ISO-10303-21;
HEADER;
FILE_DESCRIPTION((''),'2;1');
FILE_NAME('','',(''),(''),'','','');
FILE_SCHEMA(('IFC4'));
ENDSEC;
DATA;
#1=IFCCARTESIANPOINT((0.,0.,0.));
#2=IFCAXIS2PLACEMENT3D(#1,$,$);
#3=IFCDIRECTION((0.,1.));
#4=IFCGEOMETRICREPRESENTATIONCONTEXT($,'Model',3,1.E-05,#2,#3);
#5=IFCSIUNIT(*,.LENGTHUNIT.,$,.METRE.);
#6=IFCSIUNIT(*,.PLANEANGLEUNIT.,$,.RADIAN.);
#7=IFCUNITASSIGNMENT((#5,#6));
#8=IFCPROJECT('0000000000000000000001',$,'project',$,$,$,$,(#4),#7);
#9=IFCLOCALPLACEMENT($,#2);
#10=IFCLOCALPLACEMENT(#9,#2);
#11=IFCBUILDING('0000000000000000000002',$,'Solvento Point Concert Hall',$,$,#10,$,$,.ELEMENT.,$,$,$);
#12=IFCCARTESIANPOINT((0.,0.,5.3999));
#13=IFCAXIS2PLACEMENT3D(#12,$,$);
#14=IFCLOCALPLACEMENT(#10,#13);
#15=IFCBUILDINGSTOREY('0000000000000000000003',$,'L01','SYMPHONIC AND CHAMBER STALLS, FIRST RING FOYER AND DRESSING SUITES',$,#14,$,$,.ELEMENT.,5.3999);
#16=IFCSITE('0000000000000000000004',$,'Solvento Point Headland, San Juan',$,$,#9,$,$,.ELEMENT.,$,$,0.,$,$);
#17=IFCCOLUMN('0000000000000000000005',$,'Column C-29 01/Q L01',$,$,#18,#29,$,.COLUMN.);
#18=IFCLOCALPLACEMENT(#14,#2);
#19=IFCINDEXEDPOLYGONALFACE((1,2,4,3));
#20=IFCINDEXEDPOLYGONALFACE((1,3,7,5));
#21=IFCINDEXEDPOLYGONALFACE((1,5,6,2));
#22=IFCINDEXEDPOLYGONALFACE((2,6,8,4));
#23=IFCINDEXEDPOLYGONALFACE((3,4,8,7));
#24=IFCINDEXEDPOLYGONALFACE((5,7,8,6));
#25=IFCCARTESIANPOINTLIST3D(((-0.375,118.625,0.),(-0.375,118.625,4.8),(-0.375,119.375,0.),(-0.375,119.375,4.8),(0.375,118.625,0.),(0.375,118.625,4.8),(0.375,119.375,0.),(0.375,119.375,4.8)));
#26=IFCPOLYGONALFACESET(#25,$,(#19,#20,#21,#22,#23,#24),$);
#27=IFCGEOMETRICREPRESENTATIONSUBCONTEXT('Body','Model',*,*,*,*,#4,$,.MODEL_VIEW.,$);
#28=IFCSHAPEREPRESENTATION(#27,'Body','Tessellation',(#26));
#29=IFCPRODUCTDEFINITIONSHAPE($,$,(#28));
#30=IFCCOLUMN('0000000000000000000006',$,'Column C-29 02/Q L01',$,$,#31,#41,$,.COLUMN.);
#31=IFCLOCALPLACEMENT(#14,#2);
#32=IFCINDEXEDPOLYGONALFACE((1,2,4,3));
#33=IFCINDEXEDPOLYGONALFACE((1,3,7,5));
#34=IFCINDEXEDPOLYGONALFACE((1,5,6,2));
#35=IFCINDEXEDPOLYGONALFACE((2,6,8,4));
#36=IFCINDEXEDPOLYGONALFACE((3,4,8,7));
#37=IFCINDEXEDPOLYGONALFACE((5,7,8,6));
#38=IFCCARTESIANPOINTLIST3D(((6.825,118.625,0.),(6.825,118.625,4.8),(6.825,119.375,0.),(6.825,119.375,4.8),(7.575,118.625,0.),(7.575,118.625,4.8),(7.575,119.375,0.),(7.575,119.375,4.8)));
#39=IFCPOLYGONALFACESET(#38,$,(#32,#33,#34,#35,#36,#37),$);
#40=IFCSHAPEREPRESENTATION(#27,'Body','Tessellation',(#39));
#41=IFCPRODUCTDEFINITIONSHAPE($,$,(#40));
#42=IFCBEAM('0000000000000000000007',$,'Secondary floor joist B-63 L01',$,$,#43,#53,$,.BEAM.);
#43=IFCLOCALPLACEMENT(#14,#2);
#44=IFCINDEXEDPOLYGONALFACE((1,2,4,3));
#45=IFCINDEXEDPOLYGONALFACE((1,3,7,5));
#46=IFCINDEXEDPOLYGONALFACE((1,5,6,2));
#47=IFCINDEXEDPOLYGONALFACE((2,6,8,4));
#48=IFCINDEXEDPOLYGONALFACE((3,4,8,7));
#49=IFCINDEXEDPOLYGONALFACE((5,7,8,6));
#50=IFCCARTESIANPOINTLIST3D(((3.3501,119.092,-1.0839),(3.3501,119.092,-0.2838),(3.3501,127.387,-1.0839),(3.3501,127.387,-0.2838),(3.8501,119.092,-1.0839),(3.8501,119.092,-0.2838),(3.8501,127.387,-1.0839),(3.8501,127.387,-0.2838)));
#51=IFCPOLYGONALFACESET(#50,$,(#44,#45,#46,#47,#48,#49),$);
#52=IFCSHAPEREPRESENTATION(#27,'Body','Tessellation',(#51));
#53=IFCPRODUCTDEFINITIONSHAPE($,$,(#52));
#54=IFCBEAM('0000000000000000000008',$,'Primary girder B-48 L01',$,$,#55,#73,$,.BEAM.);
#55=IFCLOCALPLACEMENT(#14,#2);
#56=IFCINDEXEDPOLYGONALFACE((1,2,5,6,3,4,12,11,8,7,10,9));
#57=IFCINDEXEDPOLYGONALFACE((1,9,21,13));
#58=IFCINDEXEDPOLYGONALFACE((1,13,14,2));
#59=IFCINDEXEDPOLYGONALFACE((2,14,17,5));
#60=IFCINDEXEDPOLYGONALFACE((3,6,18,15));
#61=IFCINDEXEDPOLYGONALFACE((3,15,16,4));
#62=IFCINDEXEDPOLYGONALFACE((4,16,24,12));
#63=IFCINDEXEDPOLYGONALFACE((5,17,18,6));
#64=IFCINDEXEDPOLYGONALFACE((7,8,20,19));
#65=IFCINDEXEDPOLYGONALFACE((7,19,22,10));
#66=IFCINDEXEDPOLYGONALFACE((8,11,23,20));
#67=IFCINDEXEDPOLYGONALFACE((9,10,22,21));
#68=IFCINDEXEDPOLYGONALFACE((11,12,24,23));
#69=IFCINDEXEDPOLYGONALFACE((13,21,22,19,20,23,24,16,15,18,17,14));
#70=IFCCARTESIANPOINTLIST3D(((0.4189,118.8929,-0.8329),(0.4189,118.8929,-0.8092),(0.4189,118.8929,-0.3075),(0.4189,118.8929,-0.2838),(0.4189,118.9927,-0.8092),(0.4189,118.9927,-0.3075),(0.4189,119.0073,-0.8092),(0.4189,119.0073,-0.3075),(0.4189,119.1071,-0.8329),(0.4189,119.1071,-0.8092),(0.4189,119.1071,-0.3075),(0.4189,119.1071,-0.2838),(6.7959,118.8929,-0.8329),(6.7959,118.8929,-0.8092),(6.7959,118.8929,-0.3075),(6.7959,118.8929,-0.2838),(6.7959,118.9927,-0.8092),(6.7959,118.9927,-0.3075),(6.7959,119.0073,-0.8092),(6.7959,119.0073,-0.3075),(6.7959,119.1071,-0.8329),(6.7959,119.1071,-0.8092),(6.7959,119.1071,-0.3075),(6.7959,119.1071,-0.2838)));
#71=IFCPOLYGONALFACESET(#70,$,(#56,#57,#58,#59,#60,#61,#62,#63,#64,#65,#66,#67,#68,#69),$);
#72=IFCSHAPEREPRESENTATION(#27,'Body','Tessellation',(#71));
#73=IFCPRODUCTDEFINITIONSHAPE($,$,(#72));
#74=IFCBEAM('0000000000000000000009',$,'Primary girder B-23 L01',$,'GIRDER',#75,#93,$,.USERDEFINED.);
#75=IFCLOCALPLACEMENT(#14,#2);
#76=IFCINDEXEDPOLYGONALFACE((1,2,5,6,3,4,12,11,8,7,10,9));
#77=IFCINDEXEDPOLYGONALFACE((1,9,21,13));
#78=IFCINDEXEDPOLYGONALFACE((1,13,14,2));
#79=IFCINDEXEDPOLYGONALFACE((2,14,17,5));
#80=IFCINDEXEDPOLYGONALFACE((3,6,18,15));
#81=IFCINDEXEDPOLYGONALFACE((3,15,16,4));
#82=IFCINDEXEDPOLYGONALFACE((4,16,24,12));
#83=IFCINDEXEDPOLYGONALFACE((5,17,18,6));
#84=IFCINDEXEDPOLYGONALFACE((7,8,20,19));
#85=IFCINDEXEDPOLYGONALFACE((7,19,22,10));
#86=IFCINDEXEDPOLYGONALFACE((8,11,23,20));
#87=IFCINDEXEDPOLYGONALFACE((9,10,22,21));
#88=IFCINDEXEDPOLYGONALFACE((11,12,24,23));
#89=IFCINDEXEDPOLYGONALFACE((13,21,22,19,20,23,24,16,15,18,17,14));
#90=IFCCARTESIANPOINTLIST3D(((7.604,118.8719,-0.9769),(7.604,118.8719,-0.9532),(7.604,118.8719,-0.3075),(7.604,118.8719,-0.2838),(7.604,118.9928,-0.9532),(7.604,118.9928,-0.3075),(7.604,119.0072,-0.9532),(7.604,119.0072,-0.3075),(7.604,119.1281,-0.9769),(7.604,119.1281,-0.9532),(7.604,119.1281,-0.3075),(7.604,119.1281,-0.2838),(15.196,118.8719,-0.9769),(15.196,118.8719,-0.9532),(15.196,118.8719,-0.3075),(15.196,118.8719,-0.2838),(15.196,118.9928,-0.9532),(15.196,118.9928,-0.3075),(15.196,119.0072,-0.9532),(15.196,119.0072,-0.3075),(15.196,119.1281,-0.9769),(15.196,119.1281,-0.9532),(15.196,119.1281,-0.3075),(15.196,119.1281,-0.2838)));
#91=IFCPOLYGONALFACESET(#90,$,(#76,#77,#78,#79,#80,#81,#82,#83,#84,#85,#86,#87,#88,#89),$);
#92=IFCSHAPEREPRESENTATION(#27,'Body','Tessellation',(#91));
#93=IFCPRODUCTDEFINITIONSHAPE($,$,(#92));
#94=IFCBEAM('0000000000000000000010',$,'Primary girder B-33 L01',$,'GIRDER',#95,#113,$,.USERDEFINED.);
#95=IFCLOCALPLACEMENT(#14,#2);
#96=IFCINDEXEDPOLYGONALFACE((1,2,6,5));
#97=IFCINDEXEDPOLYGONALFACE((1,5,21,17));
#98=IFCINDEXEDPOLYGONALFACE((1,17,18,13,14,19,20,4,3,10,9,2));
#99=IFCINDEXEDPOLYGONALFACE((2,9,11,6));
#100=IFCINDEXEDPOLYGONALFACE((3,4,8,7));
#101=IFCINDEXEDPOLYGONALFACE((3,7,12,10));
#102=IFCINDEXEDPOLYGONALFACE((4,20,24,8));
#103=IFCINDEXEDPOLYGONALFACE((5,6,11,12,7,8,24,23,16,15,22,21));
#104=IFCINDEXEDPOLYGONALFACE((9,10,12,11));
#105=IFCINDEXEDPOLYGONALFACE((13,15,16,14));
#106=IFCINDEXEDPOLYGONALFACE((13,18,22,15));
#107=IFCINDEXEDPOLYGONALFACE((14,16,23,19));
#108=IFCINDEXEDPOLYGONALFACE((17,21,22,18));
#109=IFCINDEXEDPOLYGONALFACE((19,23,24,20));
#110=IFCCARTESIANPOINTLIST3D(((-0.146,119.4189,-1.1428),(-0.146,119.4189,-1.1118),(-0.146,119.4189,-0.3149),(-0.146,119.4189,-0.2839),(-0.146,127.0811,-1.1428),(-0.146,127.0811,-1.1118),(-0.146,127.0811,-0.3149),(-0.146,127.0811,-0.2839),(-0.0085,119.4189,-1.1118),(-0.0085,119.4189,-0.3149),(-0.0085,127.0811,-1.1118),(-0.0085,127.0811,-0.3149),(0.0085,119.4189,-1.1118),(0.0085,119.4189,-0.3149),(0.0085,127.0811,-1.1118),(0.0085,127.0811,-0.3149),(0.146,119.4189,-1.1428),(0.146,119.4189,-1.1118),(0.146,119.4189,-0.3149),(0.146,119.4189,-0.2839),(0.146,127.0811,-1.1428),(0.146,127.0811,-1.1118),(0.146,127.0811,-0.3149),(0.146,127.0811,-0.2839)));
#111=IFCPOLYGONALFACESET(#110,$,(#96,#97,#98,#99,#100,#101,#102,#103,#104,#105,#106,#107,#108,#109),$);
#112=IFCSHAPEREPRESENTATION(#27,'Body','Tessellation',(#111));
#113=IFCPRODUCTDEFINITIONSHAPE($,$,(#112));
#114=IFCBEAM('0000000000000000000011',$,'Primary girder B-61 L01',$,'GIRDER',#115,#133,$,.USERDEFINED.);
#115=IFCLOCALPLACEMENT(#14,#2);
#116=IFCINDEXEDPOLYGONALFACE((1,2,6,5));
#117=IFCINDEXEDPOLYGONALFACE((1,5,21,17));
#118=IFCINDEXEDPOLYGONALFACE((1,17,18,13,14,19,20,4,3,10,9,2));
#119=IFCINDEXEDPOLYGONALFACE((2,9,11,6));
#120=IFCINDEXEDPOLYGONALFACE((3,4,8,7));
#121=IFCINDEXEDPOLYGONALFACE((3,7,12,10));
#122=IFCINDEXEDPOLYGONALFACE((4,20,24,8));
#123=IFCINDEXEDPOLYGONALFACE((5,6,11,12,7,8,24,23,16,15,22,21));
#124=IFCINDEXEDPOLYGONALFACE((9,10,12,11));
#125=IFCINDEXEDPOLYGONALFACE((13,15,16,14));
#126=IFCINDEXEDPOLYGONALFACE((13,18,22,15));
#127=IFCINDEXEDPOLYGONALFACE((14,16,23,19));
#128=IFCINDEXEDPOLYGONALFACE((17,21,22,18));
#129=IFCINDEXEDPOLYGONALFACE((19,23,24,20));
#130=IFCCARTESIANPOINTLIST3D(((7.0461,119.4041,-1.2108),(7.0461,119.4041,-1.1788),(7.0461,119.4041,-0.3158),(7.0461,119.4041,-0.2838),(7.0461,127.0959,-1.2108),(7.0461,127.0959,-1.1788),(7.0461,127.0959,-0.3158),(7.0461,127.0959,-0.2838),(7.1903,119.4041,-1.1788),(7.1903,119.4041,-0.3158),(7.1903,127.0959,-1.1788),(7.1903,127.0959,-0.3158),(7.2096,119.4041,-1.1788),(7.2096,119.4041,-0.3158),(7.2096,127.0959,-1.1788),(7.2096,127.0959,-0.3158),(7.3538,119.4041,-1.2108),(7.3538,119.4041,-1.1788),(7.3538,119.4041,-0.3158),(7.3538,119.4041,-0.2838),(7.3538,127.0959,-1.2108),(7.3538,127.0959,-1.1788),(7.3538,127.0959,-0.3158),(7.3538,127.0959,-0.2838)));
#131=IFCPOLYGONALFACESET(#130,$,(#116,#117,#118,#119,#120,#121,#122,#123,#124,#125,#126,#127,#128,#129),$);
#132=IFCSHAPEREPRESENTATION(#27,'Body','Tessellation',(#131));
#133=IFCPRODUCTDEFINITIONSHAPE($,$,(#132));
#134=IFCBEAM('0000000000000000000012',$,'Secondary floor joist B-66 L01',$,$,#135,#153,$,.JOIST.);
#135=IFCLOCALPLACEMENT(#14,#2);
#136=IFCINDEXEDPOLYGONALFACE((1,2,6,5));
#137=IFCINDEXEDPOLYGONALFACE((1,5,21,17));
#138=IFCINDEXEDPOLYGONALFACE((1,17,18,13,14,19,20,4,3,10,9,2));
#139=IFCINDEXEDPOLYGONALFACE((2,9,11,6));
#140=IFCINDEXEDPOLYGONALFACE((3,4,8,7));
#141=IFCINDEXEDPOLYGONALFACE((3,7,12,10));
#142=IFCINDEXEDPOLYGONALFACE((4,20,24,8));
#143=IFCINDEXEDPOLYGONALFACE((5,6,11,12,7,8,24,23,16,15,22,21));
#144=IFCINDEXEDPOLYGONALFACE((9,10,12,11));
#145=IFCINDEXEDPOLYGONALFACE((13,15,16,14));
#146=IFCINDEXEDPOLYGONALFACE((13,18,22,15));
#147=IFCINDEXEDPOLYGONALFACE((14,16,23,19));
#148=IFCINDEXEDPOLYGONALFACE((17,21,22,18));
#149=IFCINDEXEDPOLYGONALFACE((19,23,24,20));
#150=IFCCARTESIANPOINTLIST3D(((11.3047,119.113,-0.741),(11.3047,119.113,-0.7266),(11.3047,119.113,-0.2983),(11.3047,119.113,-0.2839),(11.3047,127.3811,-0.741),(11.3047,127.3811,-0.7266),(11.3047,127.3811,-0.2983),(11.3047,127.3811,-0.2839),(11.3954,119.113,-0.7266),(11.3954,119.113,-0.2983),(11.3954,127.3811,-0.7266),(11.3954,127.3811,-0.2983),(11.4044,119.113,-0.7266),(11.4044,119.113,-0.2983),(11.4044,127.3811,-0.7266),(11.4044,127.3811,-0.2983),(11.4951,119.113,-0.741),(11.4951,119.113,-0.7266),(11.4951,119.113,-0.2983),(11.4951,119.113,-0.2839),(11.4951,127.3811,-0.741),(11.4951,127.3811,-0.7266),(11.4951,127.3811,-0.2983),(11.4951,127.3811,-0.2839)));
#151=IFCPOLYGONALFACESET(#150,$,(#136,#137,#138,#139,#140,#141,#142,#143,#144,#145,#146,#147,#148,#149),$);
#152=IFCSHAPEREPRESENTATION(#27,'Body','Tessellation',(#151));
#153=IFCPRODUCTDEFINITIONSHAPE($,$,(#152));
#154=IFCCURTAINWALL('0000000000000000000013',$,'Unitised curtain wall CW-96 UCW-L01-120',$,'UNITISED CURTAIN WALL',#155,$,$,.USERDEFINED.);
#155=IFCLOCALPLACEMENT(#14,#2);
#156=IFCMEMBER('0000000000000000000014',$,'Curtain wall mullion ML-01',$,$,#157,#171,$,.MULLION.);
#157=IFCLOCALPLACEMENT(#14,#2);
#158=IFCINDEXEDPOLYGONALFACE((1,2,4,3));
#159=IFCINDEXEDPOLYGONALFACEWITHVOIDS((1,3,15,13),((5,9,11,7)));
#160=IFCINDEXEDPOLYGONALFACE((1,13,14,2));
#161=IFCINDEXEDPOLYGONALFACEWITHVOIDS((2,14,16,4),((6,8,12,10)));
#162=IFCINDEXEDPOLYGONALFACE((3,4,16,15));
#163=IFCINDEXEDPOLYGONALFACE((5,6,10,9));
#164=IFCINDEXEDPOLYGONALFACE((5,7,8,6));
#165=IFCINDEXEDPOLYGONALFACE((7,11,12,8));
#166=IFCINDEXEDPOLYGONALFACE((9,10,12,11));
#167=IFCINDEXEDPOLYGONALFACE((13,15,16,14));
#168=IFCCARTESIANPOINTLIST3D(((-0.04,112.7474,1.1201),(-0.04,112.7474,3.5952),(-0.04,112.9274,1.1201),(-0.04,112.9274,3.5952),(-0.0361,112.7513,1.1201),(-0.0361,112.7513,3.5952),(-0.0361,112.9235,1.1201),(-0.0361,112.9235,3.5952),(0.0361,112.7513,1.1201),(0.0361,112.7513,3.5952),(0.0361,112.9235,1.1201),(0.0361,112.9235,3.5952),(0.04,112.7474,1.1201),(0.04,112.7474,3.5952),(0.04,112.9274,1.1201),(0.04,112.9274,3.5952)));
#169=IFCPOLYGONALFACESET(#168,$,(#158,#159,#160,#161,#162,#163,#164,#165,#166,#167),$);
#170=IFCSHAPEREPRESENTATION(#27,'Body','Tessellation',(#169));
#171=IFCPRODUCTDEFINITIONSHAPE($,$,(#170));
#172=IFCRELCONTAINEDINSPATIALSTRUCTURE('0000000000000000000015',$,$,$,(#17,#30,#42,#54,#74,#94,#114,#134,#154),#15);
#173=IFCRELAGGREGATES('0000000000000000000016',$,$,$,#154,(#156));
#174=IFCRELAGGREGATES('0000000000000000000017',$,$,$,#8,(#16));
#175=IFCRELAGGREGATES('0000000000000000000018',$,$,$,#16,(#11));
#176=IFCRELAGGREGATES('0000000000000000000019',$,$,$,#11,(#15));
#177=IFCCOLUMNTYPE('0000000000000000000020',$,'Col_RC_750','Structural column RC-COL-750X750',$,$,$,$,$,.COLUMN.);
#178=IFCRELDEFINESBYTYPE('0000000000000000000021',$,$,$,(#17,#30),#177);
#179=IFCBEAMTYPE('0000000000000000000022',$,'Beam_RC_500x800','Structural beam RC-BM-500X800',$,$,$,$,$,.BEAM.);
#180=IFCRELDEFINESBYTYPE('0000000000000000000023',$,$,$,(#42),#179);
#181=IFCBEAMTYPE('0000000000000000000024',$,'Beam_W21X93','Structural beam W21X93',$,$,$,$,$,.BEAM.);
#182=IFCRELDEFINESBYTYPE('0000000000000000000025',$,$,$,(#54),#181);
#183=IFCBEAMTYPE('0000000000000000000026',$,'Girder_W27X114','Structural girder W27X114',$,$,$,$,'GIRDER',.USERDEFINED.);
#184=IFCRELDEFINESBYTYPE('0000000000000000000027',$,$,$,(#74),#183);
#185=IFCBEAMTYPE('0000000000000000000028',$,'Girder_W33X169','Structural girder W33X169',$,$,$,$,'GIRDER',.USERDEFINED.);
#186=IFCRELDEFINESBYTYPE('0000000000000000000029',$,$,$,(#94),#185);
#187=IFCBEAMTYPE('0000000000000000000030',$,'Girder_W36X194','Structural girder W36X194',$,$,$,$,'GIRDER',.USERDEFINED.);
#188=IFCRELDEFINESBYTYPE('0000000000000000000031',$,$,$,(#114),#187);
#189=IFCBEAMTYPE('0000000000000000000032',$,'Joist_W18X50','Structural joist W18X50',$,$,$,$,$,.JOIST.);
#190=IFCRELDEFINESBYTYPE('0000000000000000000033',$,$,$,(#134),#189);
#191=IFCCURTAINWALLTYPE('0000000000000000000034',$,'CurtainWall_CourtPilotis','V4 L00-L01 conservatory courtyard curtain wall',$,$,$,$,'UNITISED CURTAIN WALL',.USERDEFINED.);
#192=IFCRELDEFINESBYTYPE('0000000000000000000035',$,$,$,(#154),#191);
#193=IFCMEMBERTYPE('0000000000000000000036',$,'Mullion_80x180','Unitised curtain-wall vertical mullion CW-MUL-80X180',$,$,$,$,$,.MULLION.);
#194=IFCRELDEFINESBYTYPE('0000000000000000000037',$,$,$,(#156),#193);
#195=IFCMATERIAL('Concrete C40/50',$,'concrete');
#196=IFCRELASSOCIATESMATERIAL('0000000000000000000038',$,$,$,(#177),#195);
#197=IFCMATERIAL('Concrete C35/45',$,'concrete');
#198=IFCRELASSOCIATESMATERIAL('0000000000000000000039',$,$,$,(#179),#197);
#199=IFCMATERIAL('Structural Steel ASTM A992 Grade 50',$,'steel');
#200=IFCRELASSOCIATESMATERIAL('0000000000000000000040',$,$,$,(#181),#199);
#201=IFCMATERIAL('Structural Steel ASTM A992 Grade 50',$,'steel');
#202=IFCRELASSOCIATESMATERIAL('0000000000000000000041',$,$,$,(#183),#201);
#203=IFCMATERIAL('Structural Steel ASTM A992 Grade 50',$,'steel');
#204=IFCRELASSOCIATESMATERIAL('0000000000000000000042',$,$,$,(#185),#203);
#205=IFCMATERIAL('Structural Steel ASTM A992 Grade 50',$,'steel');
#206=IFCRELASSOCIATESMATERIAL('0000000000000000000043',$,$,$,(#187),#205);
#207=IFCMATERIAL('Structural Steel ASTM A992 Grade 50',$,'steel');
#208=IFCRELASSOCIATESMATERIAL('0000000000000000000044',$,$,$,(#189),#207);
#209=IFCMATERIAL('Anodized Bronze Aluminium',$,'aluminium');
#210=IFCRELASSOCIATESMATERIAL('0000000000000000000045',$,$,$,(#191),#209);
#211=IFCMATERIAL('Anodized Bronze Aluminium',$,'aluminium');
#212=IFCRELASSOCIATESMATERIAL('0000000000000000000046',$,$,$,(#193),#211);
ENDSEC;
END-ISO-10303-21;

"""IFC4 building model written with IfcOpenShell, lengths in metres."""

from ifc_helpers import new_model, si_unit, direction, frame, origin, origin_2d, place, context, subcontext, project, spatial, rectangle, hollow_rectangle, i_section, extrude, material, material_profile, profile_set, type_object, element, aggregate, save


model = new_model("IFC4")

# Units and contexts
model_context = context("Model", 3, precision=1e-05, world=origin(), true_north=direction((0.0, 1.0)))
body_context = subcontext(model_context, "Body", "Model", "MODEL_VIEW")
ifc_project = project(units=[si_unit("LENGTHUNIT", "METRE"), si_unit("PLANEANGLEUNIT", "RADIAN")], contexts=[model_context])

# Site, building, storey
site_placement = place(None, origin())
site = spatial("IfcSite", under=ifc_project, at=site_placement, Name="Solvento Point Headland, San Juan", CompositionType="ELEMENT", RefElevation=0.0)
building_placement = place(site_placement, origin())
building = spatial("IfcBuilding", under=site, at=building_placement, Name="Solvento Point Concert Hall", CompositionType="ELEMENT")
storey_placement = place(building_placement, frame((0.0, 0.0, 5.3999)))
storey = spatial("IfcBuildingStorey", under=building, at=storey_placement, Name="L01", Description="SYMPHONIC AND CHAMBER STALLS, FIRST RING FOYER AND DRESSING SUITES", CompositionType="ELEMENT", Elevation=5.3999)

# Columns
ifc_material_1 = material(Name="Concrete C40/50", Category="concrete")
ifc_material_profile_1 = material_profile(ifc_material_1, rectangle(XDim=0.75, YDim=0.75, at=origin_2d()), Name="RC-COL-750X750")
ifc_profile_set_1 = profile_set([ifc_material_profile_1], Name="Concrete C40/50")
column_type = type_object("IfcColumnType", Name="Col_RC_750", Description="Structural column RC-COL-750X750", PredefinedType="COLUMN", material=ifc_profile_set_1)
for number, where, z_axis, x_axis, name in (
    (1, (0.0, 119.0, 0.0), (0.0, 0.0, 1.0), (1.0, 0.0, 0.0), "Column C-29 01/Q L01"),
    (2, (7.2, 119.0, 0.0), (0.0, 0.0, 1.0), (1.0, 0.0, 0.0), "Column C-29 02/Q L01"),
):
    element("IfcColumn", number, at=place(storey_placement, frame(where, z_axis=z_axis, x_axis=x_axis)), inside=storey, type_object=column_type, Name=name, PredefinedType="COLUMN", context=body_context, shape_type="SweptSolid", body=[
        extrude(rectangle(XDim=0.75, YDim=0.75, at=origin_2d()), origin(), (0.0, 0.0, 1.0), 4.8),
    ])

# Beams
ifc_material_2 = material(Name="Concrete C35/45", Category="concrete")
ifc_material_profile_2 = material_profile(ifc_material_2, rectangle(XDim=0.5, YDim=0.8, at=origin_2d()), Name="RC-BM-500X800")
ifc_profile_set_2 = profile_set([ifc_material_profile_2], Name="Concrete C35/45")
beam_type_1 = type_object("IfcBeamType", Name="Beam_RC_500x800", Description="Structural beam RC-BM-500X800", PredefinedType="BEAM", material=ifc_profile_set_2)
beam_1_placement = place(storey_placement, frame((3.6001, 119.092, -0.6838), z_axis=(0.0, 1.0, 0.0), x_axis=(-1.0, 0.0, 0.0)))
element("IfcBeam", 3, at=beam_1_placement, inside=storey, type_object=beam_type_1, Name="Secondary floor joist B-63 L01", PredefinedType="BEAM", context=body_context, shape_type="SweptSolid", body=[
    extrude(rectangle(XDim=0.5, YDim=0.8, at=origin_2d()), origin(), (0.0, 0.0, 1.0), 8.2949),
])
ifc_material_3 = material(Name="Structural Steel ASTM A992 Grade 50", Category="steel")
ifc_material_profile_3 = material_profile(ifc_material_3, i_section(OverallWidth=0.2141, OverallDepth=0.5491, WebThickness=0.0146, FlangeThickness=0.0237, at=origin_2d()), Name="W21X93")
ifc_profile_set_3 = profile_set([ifc_material_profile_3], Name="Structural Steel ASTM A992 Grade 50")
beam_type_2 = type_object("IfcBeamType", Name="Beam_W21X93", Description="Structural beam W21X93", PredefinedType="BEAM", material=ifc_profile_set_3)
beam_2_placement = place(storey_placement, frame((0.4189, 119.0, -0.5583), z_axis=(1.0, 0.0, 0.0), x_axis=(0.0, 1.0, 0.0)))
element("IfcBeam", 4, at=beam_2_placement, inside=storey, type_object=beam_type_2, Name="Primary girder B-48 L01", PredefinedType="BEAM", context=body_context, shape_type="SweptSolid", body=[
    extrude(i_section(OverallWidth=0.2141, OverallDepth=0.5491, WebThickness=0.0146, FlangeThickness=0.0237, at=origin_2d()), origin(), (0.0, 0.0, 1.0), 6.377),
])
ifc_material_4 = material(Name="Structural Steel ASTM A992 Grade 50", Category="steel")
ifc_material_profile_4 = material_profile(ifc_material_4, i_section(OverallWidth=0.2561, OverallDepth=0.6931, WebThickness=0.0144, FlangeThickness=0.0237, at=origin_2d()), Name="W27X114")
ifc_profile_set_4 = profile_set([ifc_material_profile_4], Name="Structural Steel ASTM A992 Grade 50")
beam_type_3 = type_object("IfcBeamType", Name="Girder_W27X114", Description="Structural girder W27X114", ElementType="GIRDER", PredefinedType="USERDEFINED", material=ifc_profile_set_4)
beam_3_placement = place(storey_placement, frame((7.604, 119.0, -0.6304), z_axis=(1.0, 0.0, 0.0), x_axis=(0.0, 1.0, 0.0)))
element("IfcBeam", 5, at=beam_3_placement, inside=storey, type_object=beam_type_3, Name="Primary girder B-23 L01", ObjectType="GIRDER", PredefinedType="USERDEFINED", context=body_context, shape_type="SweptSolid", body=[
    extrude(i_section(OverallWidth=0.2561, OverallDepth=0.6931, WebThickness=0.0144, FlangeThickness=0.0237, at=origin_2d()), origin(), (0.0, 0.0, 1.0), 7.592),
])
ifc_material_5 = material(Name="Structural Steel ASTM A992 Grade 50", Category="steel")
ifc_material_profile_5 = material_profile(ifc_material_5, i_section(OverallWidth=0.292, OverallDepth=0.8589, WebThickness=0.0171, FlangeThickness=0.031, at=origin_2d()), Name="W33X169")
ifc_profile_set_5 = profile_set([ifc_material_profile_5], Name="Structural Steel ASTM A992 Grade 50")
beam_type_4 = type_object("IfcBeamType", Name="Girder_W33X169", Description="Structural girder W33X169", ElementType="GIRDER", PredefinedType="USERDEFINED", material=ifc_profile_set_5)
beam_4_placement = place(storey_placement, frame((0.0, 119.4189, -0.7134), z_axis=(0.0, 1.0, 0.0), x_axis=(-1.0, 0.0, 0.0)))
element("IfcBeam", 6, at=beam_4_placement, inside=storey, type_object=beam_type_4, Name="Primary girder B-33 L01", ObjectType="GIRDER", PredefinedType="USERDEFINED", context=body_context, shape_type="SweptSolid", body=[
    extrude(i_section(OverallWidth=0.292, OverallDepth=0.8589, WebThickness=0.0171, FlangeThickness=0.031, at=origin_2d()), origin(), (0.0, 0.0, 1.0), 7.6621),
])
ifc_material_6 = material(Name="Structural Steel ASTM A992 Grade 50", Category="steel")
ifc_material_profile_6 = material_profile(ifc_material_6, i_section(OverallWidth=0.3076, OverallDepth=0.927, WebThickness=0.0193, FlangeThickness=0.032, at=origin_2d()), Name="W36X194")
ifc_profile_set_6 = profile_set([ifc_material_profile_6], Name="Structural Steel ASTM A992 Grade 50")
beam_type_5 = type_object("IfcBeamType", Name="Girder_W36X194", Description="Structural girder W36X194", ElementType="GIRDER", PredefinedType="USERDEFINED", material=ifc_profile_set_6)
beam_5_placement = place(storey_placement, frame((7.2, 119.4041, -0.7473), z_axis=(0.0, 1.0, 0.0), x_axis=(-1.0, 0.0, 0.0)))
element("IfcBeam", 7, at=beam_5_placement, inside=storey, type_object=beam_type_5, Name="Primary girder B-61 L01", ObjectType="GIRDER", PredefinedType="USERDEFINED", context=body_context, shape_type="SweptSolid", body=[
    extrude(i_section(OverallWidth=0.3076, OverallDepth=0.927, WebThickness=0.0193, FlangeThickness=0.032, at=origin_2d()), origin(), (0.0, 0.0, 1.0), 7.6919),
])
ifc_material_7 = material(Name="Structural Steel ASTM A992 Grade 50", Category="steel")
ifc_material_profile_7 = material_profile(ifc_material_7, i_section(OverallWidth=0.1904, OverallDepth=0.457, WebThickness=0.009, FlangeThickness=0.0144, at=origin_2d()), Name="W18X50")
ifc_profile_set_7 = profile_set([ifc_material_profile_7], Name="Structural Steel ASTM A992 Grade 50")
beam_type_6 = type_object("IfcBeamType", Name="Joist_W18X50", Description="Structural joist W18X50", PredefinedType="JOIST", material=ifc_profile_set_7)
beam_6_placement = place(storey_placement, frame((11.3999, 119.113, -0.5125), z_axis=(0.0, 1.0, 0.0), x_axis=(-1.0, 0.0, 0.0)))
element("IfcBeam", 8, at=beam_6_placement, inside=storey, type_object=beam_type_6, Name="Secondary floor joist B-66 L01", PredefinedType="JOIST", context=body_context, shape_type="SweptSolid", body=[
    extrude(i_section(OverallWidth=0.1904, OverallDepth=0.457, WebThickness=0.009, FlangeThickness=0.0144, at=origin_2d()), origin(), (0.0, 0.0, 1.0), 8.2681),
])

# Curtain wall, member
ifc_material_8 = material(Name="Anodized Bronze Aluminium", Category="aluminium")
curtain_wall_type = type_object("IfcCurtainWallType", Name="CurtainWall_CourtPilotis", Description="V4 L00-L01 conservatory courtyard curtain wall", ElementType="UNITISED CURTAIN WALL", PredefinedType="USERDEFINED", material=ifc_material_8)
curtain_wall_1_placement = place(storey_placement, origin())
curtain_wall_1 = element("IfcCurtainWall", 9, at=curtain_wall_1_placement, inside=storey, type_object=curtain_wall_type, Name="Unitised curtain wall CW-96 UCW-L01-120", ObjectType="UNITISED CURTAIN WALL", PredefinedType="USERDEFINED")
ifc_material_9 = material(Name="Anodized Bronze Aluminium", Category="aluminium")
ifc_material_profile_8 = material_profile(ifc_material_9, hollow_rectangle(XDim=0.0801, YDim=0.1799, WallThickness=0.0039, at=origin_2d()), Name="CW-MUL-80X180")
ifc_profile_set_8 = profile_set([ifc_material_profile_8], Name="Anodized Bronze Aluminium")
member_type_1 = type_object("IfcMemberType", Name="Mullion_80x180", Description="Unitised curtain-wall vertical mullion CW-MUL-80X180", PredefinedType="MULLION", material=ifc_profile_set_8)
member_1_placement = place(storey_placement, frame((0.0, 112.8374, 1.1201), z_axis=(0.0, 0.0, 1.0), x_axis=(1.0, 0.0, 0.0)))
member_1 = element("IfcMember", 10, at=member_1_placement, type_object=member_type_1, Name="Curtain wall mullion ML-01", PredefinedType="MULLION", context=body_context, shape_type="SweptSolid", body=[
    extrude(hollow_rectangle(XDim=0.0801, YDim=0.1799, WallThickness=0.0039, at=origin_2d()), origin(), (0.0, 0.0, 1.0), 2.4751),
])

aggregate(curtain_wall_1, [member_1])

save(model, "model.ifc")
